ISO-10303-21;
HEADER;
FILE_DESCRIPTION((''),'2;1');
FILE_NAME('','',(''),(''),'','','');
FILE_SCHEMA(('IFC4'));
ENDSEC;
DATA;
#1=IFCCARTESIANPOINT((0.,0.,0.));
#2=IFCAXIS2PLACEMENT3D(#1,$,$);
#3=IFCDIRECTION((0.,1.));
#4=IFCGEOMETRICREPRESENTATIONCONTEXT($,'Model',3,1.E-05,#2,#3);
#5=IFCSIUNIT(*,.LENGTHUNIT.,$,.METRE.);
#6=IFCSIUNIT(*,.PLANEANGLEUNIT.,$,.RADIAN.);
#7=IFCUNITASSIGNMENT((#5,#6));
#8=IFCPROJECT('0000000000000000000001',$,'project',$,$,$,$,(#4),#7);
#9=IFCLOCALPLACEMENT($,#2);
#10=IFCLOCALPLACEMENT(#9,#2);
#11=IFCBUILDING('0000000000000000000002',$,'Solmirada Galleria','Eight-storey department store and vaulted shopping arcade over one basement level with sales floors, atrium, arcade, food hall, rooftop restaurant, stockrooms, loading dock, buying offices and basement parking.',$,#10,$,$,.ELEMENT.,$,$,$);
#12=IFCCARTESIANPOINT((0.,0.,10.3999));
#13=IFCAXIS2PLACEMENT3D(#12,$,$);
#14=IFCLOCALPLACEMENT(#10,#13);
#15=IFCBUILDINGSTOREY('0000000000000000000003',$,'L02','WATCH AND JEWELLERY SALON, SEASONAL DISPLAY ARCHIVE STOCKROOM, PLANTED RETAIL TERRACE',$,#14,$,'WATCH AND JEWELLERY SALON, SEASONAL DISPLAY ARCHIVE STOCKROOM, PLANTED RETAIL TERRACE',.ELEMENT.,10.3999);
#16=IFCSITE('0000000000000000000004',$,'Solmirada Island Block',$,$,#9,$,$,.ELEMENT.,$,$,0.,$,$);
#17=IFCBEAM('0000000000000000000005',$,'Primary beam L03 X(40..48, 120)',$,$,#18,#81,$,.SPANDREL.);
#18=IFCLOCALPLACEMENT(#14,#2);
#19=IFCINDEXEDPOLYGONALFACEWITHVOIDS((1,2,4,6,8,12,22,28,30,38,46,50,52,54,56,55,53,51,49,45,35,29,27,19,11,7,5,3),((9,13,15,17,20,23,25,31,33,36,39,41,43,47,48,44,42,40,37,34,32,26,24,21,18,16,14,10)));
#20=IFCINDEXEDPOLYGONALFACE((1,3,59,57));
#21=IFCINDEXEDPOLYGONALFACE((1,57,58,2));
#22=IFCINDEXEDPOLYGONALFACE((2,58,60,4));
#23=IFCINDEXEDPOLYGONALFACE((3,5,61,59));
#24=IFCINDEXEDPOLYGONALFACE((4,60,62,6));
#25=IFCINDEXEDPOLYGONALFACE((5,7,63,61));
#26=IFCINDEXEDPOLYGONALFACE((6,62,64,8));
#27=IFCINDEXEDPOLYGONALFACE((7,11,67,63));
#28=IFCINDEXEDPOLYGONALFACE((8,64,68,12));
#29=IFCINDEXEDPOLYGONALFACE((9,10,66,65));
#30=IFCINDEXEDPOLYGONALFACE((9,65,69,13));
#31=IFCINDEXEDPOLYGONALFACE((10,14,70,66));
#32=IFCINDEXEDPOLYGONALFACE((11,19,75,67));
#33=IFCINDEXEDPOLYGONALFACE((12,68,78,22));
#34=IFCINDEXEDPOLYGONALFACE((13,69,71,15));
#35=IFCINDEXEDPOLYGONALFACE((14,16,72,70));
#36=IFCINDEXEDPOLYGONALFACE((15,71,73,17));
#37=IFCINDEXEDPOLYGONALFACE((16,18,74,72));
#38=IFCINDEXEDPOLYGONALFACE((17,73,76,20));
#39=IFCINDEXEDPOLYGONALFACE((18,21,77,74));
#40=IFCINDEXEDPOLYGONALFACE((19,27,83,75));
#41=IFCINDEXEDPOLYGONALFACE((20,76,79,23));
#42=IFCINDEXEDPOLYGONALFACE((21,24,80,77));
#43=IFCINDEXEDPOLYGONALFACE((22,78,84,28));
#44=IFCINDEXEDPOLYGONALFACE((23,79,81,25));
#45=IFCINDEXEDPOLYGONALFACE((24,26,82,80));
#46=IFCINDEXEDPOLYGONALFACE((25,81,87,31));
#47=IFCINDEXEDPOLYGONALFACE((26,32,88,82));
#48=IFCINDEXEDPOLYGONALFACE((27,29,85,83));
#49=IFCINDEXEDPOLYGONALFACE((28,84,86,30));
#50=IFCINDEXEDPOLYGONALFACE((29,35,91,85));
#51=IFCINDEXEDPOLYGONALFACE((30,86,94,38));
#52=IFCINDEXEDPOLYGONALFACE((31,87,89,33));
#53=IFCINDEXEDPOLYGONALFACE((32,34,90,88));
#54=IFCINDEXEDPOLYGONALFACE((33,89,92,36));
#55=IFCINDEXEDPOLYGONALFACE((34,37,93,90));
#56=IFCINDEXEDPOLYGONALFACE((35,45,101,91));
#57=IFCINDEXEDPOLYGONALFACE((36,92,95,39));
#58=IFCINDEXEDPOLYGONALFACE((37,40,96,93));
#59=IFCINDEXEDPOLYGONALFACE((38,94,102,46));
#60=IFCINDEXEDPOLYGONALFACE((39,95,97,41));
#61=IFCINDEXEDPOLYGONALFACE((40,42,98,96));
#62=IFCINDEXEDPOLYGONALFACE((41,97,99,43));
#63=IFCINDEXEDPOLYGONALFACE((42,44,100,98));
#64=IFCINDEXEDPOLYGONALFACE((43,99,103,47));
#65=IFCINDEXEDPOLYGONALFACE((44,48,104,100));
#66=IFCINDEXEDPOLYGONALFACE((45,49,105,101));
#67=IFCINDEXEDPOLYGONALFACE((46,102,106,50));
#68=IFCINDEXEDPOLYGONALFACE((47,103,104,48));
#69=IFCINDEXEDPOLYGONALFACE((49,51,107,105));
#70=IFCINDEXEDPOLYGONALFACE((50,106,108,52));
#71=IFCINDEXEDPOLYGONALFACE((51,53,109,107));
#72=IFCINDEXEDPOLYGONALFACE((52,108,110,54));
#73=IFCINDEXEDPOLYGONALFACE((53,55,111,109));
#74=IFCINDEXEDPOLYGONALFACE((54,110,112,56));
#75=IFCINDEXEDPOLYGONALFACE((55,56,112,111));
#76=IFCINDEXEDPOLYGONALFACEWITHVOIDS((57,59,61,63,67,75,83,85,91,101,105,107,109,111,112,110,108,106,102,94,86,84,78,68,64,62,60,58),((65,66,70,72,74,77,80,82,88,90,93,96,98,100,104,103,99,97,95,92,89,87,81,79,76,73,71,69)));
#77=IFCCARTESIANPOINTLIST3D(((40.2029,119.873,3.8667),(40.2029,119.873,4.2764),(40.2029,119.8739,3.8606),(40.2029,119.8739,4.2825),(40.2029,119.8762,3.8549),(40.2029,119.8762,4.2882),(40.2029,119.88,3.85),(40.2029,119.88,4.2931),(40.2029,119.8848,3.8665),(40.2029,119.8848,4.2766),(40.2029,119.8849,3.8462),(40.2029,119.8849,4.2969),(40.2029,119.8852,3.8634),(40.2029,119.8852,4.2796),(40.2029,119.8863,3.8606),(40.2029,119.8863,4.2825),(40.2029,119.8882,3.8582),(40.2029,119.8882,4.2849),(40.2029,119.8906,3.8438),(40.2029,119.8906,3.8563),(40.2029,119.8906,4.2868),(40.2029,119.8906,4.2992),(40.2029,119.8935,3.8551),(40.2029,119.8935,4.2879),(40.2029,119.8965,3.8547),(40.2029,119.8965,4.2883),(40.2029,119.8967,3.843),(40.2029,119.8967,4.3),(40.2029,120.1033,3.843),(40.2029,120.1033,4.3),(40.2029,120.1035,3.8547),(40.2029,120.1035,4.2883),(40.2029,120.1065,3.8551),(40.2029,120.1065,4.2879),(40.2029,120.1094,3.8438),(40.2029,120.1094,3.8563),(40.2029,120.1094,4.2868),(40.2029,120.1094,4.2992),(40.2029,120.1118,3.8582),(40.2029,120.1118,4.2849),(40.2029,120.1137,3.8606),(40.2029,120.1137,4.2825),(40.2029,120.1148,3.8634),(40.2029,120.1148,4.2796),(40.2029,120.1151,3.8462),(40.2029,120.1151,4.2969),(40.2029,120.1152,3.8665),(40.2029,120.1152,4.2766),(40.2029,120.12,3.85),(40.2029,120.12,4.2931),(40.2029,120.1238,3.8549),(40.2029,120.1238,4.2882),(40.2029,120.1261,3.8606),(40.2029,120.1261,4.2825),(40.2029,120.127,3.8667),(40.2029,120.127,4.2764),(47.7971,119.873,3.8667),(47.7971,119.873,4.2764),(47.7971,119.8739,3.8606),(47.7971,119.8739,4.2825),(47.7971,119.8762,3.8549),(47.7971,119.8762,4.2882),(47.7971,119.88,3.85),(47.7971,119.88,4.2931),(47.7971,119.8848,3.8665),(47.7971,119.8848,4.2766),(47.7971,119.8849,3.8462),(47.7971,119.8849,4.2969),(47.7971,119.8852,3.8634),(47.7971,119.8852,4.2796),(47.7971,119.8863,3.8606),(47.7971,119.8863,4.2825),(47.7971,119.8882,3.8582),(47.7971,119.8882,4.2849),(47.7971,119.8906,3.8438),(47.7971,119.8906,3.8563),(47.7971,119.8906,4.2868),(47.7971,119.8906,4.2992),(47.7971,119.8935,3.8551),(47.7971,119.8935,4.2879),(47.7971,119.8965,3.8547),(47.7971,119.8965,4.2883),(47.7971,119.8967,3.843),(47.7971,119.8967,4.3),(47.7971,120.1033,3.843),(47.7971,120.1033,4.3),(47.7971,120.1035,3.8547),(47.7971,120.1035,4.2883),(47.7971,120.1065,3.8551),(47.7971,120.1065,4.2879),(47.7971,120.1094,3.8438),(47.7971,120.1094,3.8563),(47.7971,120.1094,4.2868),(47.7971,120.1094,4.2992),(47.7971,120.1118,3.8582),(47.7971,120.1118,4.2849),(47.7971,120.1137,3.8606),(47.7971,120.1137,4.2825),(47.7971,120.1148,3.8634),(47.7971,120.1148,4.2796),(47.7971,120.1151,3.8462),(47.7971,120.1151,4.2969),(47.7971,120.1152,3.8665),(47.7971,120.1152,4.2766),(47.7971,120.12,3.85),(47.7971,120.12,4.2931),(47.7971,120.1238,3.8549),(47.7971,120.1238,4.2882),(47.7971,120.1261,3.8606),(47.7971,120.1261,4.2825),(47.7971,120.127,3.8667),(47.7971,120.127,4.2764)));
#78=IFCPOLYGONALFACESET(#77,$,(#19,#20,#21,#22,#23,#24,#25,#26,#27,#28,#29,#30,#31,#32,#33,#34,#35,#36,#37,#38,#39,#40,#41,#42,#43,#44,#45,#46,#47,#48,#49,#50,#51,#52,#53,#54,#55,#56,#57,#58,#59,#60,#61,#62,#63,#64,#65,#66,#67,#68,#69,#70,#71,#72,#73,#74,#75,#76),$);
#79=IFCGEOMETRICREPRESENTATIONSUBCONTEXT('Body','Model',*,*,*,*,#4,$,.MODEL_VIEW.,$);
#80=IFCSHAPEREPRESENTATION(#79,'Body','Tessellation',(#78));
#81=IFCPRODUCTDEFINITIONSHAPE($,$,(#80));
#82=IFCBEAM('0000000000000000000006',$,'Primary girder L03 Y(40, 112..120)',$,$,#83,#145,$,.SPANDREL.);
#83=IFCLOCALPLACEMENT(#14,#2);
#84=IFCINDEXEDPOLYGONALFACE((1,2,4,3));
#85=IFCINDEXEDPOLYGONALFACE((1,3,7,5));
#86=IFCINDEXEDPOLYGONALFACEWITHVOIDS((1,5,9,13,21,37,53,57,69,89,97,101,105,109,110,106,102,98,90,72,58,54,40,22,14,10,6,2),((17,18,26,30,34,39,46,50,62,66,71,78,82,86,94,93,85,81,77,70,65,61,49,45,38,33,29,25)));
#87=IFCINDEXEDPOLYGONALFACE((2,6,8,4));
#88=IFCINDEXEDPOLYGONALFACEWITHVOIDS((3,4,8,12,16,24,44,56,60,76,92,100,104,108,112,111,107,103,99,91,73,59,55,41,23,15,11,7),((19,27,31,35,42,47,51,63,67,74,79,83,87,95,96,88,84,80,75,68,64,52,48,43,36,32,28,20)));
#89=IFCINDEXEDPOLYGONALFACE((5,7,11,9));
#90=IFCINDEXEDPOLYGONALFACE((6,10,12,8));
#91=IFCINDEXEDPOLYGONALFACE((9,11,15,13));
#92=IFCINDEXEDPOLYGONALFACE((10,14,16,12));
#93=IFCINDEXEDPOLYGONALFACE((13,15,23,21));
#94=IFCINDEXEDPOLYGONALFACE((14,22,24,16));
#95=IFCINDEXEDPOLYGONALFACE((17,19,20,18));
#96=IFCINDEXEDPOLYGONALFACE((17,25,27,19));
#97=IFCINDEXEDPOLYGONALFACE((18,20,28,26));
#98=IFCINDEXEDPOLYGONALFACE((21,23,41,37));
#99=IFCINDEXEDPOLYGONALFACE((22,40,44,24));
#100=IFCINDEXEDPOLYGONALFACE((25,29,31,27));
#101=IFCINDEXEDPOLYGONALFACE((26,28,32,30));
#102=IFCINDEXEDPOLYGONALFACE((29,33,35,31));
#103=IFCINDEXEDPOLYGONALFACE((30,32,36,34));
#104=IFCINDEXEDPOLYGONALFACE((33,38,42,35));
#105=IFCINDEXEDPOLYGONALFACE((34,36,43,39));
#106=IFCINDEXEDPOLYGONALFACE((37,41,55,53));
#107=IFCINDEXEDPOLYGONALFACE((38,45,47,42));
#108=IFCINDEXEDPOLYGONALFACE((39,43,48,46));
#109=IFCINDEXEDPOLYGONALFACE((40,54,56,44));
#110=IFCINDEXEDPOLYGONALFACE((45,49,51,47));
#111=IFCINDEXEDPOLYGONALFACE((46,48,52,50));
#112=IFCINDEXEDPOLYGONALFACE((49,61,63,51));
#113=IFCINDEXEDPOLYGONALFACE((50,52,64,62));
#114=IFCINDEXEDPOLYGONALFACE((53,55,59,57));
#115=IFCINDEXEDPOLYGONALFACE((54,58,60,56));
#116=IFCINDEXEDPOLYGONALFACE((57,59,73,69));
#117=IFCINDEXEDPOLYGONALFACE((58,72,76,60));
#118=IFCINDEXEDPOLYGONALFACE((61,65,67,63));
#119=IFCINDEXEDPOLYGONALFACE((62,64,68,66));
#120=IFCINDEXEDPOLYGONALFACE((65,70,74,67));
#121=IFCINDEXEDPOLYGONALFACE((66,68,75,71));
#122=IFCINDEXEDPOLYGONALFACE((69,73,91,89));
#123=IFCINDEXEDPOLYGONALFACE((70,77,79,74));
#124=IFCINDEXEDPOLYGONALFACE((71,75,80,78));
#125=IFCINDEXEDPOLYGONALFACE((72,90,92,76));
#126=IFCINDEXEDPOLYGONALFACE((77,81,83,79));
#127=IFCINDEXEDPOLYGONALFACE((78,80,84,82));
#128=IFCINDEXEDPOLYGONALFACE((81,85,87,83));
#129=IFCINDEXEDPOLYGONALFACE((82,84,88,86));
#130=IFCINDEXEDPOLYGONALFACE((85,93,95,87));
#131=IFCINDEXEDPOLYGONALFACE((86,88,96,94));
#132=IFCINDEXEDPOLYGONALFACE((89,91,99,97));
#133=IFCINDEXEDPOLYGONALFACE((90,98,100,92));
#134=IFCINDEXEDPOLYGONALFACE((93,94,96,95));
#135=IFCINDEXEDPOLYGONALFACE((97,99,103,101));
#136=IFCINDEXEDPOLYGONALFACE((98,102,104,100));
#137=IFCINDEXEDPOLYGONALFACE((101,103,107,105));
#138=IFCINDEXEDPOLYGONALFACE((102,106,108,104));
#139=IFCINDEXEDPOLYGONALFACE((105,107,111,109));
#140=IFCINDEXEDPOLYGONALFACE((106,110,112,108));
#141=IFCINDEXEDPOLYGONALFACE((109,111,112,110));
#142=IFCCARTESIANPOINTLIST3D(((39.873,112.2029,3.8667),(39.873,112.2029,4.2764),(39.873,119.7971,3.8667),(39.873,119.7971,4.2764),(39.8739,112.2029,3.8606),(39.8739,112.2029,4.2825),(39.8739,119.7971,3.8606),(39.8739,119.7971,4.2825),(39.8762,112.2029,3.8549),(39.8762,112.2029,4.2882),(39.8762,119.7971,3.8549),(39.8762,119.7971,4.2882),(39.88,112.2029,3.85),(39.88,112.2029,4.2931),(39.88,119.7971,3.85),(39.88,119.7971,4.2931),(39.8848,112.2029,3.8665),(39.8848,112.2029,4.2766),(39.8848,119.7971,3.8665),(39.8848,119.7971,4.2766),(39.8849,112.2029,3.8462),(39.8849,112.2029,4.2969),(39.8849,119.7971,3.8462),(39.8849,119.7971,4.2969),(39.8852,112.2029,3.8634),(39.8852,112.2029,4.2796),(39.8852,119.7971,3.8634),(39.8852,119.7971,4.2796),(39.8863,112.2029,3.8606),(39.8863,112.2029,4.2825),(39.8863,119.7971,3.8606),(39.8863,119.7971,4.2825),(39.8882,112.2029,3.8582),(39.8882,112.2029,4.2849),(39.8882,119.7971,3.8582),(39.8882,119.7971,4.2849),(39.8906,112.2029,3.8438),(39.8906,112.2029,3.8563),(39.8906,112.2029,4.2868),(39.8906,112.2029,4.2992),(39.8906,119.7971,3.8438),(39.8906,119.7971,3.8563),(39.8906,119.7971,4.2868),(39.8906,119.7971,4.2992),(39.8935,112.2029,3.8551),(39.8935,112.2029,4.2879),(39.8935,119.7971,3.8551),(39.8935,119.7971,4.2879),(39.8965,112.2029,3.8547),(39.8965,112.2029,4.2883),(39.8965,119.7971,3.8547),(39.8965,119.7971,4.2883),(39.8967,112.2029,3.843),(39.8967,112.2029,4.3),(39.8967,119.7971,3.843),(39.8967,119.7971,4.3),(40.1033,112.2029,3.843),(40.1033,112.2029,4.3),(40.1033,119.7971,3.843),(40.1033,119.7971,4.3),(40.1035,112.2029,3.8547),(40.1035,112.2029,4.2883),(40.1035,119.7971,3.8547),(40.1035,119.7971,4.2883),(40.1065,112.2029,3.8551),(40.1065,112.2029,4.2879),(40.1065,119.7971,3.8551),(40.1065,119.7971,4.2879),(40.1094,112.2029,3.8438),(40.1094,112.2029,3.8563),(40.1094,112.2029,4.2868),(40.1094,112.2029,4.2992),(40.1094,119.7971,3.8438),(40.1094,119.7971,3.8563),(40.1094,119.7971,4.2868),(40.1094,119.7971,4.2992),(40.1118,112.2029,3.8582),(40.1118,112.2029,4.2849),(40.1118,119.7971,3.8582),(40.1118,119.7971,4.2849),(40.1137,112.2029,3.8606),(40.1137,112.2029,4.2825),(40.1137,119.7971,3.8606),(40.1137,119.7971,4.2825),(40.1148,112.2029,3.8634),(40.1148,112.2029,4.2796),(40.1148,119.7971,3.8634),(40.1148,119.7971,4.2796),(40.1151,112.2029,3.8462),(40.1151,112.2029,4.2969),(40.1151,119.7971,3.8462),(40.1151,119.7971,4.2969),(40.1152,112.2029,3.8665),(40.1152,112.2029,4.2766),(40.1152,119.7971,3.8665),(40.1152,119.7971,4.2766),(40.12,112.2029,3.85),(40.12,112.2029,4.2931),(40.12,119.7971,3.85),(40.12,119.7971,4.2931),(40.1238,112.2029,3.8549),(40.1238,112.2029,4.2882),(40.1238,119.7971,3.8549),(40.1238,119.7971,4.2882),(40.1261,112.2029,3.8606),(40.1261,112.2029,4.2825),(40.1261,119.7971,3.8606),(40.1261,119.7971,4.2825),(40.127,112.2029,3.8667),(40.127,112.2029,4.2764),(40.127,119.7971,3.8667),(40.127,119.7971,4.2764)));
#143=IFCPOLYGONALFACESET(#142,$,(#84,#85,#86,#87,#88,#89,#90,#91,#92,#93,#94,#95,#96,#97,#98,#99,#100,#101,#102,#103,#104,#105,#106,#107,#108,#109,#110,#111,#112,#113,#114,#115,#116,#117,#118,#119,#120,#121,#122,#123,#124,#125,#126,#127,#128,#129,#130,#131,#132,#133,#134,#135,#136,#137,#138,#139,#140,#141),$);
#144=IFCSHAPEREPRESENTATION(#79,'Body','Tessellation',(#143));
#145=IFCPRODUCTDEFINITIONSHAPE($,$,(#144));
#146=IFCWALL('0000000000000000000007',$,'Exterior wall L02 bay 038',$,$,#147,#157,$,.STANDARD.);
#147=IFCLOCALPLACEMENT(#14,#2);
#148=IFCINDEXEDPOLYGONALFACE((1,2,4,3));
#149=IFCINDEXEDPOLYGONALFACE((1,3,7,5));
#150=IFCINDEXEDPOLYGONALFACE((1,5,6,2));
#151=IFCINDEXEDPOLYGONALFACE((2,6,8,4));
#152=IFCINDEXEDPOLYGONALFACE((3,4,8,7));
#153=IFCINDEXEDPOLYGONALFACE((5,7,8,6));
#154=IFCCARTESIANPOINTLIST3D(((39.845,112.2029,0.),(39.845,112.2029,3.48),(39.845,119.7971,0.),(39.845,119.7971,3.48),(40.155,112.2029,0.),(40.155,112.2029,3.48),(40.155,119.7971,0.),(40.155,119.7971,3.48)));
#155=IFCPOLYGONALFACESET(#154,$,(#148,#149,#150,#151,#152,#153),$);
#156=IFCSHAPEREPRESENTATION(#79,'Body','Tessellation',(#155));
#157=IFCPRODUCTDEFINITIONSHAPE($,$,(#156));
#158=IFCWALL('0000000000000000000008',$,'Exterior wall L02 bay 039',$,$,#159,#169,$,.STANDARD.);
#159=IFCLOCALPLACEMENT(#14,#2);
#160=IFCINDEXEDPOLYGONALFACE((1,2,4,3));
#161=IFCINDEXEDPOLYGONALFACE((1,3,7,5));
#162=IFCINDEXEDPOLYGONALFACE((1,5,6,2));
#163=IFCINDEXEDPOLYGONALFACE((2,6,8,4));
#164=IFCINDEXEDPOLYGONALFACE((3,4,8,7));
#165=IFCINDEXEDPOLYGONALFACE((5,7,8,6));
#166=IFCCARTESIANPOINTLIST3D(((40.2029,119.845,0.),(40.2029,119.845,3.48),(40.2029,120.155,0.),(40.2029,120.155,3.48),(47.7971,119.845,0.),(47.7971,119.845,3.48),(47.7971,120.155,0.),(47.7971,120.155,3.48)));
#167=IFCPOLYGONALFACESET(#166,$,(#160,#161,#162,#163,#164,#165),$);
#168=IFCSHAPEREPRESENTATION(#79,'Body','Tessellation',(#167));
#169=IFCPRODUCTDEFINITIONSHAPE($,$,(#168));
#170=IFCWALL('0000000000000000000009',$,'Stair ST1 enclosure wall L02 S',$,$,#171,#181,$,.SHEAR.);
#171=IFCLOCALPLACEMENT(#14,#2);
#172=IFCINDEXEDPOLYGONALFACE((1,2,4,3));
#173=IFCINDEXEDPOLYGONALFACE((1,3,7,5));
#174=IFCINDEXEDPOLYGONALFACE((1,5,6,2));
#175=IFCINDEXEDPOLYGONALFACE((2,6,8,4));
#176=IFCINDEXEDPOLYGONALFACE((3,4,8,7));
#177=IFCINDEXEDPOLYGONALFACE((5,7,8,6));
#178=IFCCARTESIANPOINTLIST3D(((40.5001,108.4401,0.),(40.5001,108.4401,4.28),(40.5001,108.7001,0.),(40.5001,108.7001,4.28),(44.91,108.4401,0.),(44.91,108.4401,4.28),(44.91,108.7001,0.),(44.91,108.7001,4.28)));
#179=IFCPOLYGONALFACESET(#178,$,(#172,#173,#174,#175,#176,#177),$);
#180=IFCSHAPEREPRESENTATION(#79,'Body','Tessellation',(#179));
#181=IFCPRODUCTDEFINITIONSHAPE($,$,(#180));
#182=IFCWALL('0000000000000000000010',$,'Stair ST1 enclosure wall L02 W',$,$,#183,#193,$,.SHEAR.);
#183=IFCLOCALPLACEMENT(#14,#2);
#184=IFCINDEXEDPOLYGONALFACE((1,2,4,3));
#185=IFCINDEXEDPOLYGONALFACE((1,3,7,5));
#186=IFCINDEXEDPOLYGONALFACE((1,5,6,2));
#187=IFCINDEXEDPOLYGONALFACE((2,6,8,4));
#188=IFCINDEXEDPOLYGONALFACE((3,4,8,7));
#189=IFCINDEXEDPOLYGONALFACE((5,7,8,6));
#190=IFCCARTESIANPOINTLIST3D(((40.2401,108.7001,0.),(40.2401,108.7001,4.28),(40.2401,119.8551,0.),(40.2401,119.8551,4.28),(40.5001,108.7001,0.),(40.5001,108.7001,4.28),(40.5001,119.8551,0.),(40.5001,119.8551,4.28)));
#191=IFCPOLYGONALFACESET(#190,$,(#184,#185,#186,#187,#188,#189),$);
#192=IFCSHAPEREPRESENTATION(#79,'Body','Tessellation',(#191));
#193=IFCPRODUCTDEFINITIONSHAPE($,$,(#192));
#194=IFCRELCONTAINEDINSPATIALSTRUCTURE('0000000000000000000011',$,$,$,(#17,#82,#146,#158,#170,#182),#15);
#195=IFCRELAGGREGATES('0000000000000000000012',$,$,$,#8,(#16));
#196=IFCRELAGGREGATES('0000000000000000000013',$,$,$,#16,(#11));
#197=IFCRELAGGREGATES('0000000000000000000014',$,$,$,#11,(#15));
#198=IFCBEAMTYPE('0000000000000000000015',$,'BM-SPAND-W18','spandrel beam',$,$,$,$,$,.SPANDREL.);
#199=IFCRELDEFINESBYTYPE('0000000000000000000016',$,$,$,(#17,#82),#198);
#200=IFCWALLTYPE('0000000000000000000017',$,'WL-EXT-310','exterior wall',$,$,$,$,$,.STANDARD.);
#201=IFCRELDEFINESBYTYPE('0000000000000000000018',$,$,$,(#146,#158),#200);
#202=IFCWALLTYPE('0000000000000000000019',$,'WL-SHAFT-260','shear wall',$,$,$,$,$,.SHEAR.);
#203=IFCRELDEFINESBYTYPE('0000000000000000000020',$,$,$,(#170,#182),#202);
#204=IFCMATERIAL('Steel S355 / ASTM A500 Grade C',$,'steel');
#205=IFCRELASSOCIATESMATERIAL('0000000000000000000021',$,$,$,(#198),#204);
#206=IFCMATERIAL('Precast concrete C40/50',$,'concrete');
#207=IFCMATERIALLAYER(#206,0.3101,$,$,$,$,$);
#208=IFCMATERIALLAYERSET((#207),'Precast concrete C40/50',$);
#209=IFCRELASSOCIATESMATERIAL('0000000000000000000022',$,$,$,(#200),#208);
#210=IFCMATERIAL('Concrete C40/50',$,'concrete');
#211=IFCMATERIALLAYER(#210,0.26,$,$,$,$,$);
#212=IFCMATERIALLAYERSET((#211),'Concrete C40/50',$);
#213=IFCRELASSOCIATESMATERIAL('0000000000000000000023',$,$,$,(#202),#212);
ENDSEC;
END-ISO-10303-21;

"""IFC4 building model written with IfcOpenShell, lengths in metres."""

from ifc_helpers import new_model, si_unit, direction, frame, frame_2d, origin, origin_2d, place, context, subcontext, project, spatial, rectangle, hollow_rectangle, extrude, material, layer, layer_set, material_profile, profile_set, type_object, element, save


model = new_model("IFC4")

# Units and contexts
model_context = context("Model", 3, precision=1e-05, world=origin(), true_north=direction((0.0, 1.0)))
body_context = subcontext(model_context, "Body", "Model", "MODEL_VIEW")
ifc_project = project(units=[si_unit("LENGTHUNIT", "METRE"), si_unit("PLANEANGLEUNIT", "RADIAN")], contexts=[model_context])

# Site, building, storey
site_placement = place(None, origin())
site = spatial("IfcSite", under=ifc_project, at=site_placement, Name="Solmirada Island Block", CompositionType="ELEMENT", RefElevation=0.0)
building_placement = place(site_placement, origin())
building = spatial("IfcBuilding", under=site, at=building_placement, Name="Solmirada Galleria", Description="Eight-storey department store and vaulted shopping arcade over one basement level with sales floors, atrium, arcade, food hall, rooftop restaurant, stockrooms, loading dock, buying offices and basement parking.", CompositionType="ELEMENT")
storey_placement = place(building_placement, frame((0.0, 0.0, 10.3999)))
storey = spatial("IfcBuildingStorey", under=building, at=storey_placement, Name="L02", Description="WATCH AND JEWELLERY SALON, SEASONAL DISPLAY ARCHIVE STOCKROOM, PLANTED RETAIL TERRACE", LongName="WATCH AND JEWELLERY SALON, SEASONAL DISPLAY ARCHIVE STOCKROOM, PLANTED RETAIL TERRACE", CompositionType="ELEMENT", Elevation=10.3999)

# Shared definitions
ifc_material_1 = material(Name="Steel S355 / ASTM A500 Grade C", Category="steel")

# Beams
ifc_material_profile_1 = material_profile(ifc_material_1, hollow_rectangle(XDim=0.2539, YDim=0.457, WallThickness=0.0117, InnerFilletRadius=0.0117, OuterFilletRadius=0.0237, at=origin_2d()), Name="HSS18X10X1/2")
ifc_profile_set_1 = profile_set([ifc_material_profile_1], Name="Steel S355 / ASTM A500 Grade C")
beam_type = type_object("IfcBeamType", Name="BM-SPAND-W18", Description="spandrel beam", PredefinedType="SPANDREL", material=ifc_profile_set_1)
for number, where, z_axis, x_axis, name in (
    (1, (40.2029, 120.0, 4.0715), (1.0, 0.0, 0.0), (0.0, 1.0, 0.0), "Primary beam L03 X(40..48, 120)"),
    (2, (40.0, 112.2029, 4.0715), (0.0, 1.0, 0.0), (-1.0, 0.0, 0.0), "Primary girder L03 Y(40, 112..120)"),
):
    element("IfcBeam", number, at=place(storey_placement, frame(where, z_axis=z_axis, x_axis=x_axis)), inside=storey, type_object=beam_type, Name=name, PredefinedType="SPANDREL", context=body_context, shape_type="SweptSolid", body=[
        extrude(hollow_rectangle(XDim=0.2539, YDim=0.457, WallThickness=0.0117, InnerFilletRadius=0.0117, OuterFilletRadius=0.0237, at=origin_2d()), origin(), (0.0, 0.0, 1.0), 7.5942),
    ])

# Walls
ifc_material_2 = material(Name="Precast concrete C40/50", Category="concrete")
ifc_layer_1 = layer(ifc_material_2, 0.3101)
ifc_layer_set_1 = layer_set([ifc_layer_1], Name="Precast concrete C40/50")
wall_type_1 = type_object("IfcWallType", Name="WL-EXT-310", Description="exterior wall", PredefinedType="STANDARD", material=ifc_layer_set_1)
for number, where, z_axis, x_axis, name in (
    (3, (40.0, 112.2029, 0.0), (0.0, 0.0, 1.0), (0.0, 1.0, 0.0), "Exterior wall L02 bay 038"),
    (4, (40.2029, 120.0, 0.0), (0.0, 0.0, 1.0), (1.0, 0.0, 0.0), "Exterior wall L02 bay 039"),
):
    element("IfcWall", number, at=place(storey_placement, frame(where, z_axis=z_axis, x_axis=x_axis)), inside=storey, type_object=wall_type_1, Name=name, PredefinedType="STANDARD", context=body_context, shape_type="SweptSolid", body=[
        extrude(rectangle(XDim=7.5942, YDim=0.3101, at=frame_2d((3.7971, 0.0))), origin(), (0.0, 0.0, 1.0), 3.48),
    ])
ifc_material_3 = material(Name="Concrete C40/50", Category="concrete")
ifc_layer_2 = layer(ifc_material_3, 0.26)
ifc_layer_set_2 = layer_set([ifc_layer_2], Name="Concrete C40/50")
wall_type_2 = type_object("IfcWallType", Name="WL-SHAFT-260", Description="shear wall", PredefinedType="SHEAR", material=ifc_layer_set_2)
wall_1_placement = place(storey_placement, frame((40.5, 108.5701, 0.0), z_axis=(0.0, 0.0, 1.0), x_axis=(1.0, 0.0, 0.0)))
element("IfcWall", 5, at=wall_1_placement, inside=storey, type_object=wall_type_2, Name="Stair ST1 enclosure wall L02 S", PredefinedType="SHEAR", context=body_context, shape_type="SweptSolid", body=[
    extrude(rectangle(XDim=4.4099, YDim=0.26, at=frame_2d((2.2051, 0.0))), origin(), (0.0, 0.0, 1.0), 4.28),
])
wall_2_placement = place(storey_placement, frame((40.3701, 108.7, 0.0), z_axis=(0.0, 0.0, 1.0), x_axis=(0.0, 1.0, 0.0)))
element("IfcWall", 6, at=wall_2_placement, inside=storey, type_object=wall_type_2, Name="Stair ST1 enclosure wall L02 W", PredefinedType="SHEAR", context=body_context, shape_type="SweptSolid", body=[
    extrude(rectangle(XDim=11.155, YDim=0.26, at=frame_2d((5.5776, 0.0))), origin(), (0.0, 0.0, 1.0), 4.28),
])

save(model, "model.ifc")
